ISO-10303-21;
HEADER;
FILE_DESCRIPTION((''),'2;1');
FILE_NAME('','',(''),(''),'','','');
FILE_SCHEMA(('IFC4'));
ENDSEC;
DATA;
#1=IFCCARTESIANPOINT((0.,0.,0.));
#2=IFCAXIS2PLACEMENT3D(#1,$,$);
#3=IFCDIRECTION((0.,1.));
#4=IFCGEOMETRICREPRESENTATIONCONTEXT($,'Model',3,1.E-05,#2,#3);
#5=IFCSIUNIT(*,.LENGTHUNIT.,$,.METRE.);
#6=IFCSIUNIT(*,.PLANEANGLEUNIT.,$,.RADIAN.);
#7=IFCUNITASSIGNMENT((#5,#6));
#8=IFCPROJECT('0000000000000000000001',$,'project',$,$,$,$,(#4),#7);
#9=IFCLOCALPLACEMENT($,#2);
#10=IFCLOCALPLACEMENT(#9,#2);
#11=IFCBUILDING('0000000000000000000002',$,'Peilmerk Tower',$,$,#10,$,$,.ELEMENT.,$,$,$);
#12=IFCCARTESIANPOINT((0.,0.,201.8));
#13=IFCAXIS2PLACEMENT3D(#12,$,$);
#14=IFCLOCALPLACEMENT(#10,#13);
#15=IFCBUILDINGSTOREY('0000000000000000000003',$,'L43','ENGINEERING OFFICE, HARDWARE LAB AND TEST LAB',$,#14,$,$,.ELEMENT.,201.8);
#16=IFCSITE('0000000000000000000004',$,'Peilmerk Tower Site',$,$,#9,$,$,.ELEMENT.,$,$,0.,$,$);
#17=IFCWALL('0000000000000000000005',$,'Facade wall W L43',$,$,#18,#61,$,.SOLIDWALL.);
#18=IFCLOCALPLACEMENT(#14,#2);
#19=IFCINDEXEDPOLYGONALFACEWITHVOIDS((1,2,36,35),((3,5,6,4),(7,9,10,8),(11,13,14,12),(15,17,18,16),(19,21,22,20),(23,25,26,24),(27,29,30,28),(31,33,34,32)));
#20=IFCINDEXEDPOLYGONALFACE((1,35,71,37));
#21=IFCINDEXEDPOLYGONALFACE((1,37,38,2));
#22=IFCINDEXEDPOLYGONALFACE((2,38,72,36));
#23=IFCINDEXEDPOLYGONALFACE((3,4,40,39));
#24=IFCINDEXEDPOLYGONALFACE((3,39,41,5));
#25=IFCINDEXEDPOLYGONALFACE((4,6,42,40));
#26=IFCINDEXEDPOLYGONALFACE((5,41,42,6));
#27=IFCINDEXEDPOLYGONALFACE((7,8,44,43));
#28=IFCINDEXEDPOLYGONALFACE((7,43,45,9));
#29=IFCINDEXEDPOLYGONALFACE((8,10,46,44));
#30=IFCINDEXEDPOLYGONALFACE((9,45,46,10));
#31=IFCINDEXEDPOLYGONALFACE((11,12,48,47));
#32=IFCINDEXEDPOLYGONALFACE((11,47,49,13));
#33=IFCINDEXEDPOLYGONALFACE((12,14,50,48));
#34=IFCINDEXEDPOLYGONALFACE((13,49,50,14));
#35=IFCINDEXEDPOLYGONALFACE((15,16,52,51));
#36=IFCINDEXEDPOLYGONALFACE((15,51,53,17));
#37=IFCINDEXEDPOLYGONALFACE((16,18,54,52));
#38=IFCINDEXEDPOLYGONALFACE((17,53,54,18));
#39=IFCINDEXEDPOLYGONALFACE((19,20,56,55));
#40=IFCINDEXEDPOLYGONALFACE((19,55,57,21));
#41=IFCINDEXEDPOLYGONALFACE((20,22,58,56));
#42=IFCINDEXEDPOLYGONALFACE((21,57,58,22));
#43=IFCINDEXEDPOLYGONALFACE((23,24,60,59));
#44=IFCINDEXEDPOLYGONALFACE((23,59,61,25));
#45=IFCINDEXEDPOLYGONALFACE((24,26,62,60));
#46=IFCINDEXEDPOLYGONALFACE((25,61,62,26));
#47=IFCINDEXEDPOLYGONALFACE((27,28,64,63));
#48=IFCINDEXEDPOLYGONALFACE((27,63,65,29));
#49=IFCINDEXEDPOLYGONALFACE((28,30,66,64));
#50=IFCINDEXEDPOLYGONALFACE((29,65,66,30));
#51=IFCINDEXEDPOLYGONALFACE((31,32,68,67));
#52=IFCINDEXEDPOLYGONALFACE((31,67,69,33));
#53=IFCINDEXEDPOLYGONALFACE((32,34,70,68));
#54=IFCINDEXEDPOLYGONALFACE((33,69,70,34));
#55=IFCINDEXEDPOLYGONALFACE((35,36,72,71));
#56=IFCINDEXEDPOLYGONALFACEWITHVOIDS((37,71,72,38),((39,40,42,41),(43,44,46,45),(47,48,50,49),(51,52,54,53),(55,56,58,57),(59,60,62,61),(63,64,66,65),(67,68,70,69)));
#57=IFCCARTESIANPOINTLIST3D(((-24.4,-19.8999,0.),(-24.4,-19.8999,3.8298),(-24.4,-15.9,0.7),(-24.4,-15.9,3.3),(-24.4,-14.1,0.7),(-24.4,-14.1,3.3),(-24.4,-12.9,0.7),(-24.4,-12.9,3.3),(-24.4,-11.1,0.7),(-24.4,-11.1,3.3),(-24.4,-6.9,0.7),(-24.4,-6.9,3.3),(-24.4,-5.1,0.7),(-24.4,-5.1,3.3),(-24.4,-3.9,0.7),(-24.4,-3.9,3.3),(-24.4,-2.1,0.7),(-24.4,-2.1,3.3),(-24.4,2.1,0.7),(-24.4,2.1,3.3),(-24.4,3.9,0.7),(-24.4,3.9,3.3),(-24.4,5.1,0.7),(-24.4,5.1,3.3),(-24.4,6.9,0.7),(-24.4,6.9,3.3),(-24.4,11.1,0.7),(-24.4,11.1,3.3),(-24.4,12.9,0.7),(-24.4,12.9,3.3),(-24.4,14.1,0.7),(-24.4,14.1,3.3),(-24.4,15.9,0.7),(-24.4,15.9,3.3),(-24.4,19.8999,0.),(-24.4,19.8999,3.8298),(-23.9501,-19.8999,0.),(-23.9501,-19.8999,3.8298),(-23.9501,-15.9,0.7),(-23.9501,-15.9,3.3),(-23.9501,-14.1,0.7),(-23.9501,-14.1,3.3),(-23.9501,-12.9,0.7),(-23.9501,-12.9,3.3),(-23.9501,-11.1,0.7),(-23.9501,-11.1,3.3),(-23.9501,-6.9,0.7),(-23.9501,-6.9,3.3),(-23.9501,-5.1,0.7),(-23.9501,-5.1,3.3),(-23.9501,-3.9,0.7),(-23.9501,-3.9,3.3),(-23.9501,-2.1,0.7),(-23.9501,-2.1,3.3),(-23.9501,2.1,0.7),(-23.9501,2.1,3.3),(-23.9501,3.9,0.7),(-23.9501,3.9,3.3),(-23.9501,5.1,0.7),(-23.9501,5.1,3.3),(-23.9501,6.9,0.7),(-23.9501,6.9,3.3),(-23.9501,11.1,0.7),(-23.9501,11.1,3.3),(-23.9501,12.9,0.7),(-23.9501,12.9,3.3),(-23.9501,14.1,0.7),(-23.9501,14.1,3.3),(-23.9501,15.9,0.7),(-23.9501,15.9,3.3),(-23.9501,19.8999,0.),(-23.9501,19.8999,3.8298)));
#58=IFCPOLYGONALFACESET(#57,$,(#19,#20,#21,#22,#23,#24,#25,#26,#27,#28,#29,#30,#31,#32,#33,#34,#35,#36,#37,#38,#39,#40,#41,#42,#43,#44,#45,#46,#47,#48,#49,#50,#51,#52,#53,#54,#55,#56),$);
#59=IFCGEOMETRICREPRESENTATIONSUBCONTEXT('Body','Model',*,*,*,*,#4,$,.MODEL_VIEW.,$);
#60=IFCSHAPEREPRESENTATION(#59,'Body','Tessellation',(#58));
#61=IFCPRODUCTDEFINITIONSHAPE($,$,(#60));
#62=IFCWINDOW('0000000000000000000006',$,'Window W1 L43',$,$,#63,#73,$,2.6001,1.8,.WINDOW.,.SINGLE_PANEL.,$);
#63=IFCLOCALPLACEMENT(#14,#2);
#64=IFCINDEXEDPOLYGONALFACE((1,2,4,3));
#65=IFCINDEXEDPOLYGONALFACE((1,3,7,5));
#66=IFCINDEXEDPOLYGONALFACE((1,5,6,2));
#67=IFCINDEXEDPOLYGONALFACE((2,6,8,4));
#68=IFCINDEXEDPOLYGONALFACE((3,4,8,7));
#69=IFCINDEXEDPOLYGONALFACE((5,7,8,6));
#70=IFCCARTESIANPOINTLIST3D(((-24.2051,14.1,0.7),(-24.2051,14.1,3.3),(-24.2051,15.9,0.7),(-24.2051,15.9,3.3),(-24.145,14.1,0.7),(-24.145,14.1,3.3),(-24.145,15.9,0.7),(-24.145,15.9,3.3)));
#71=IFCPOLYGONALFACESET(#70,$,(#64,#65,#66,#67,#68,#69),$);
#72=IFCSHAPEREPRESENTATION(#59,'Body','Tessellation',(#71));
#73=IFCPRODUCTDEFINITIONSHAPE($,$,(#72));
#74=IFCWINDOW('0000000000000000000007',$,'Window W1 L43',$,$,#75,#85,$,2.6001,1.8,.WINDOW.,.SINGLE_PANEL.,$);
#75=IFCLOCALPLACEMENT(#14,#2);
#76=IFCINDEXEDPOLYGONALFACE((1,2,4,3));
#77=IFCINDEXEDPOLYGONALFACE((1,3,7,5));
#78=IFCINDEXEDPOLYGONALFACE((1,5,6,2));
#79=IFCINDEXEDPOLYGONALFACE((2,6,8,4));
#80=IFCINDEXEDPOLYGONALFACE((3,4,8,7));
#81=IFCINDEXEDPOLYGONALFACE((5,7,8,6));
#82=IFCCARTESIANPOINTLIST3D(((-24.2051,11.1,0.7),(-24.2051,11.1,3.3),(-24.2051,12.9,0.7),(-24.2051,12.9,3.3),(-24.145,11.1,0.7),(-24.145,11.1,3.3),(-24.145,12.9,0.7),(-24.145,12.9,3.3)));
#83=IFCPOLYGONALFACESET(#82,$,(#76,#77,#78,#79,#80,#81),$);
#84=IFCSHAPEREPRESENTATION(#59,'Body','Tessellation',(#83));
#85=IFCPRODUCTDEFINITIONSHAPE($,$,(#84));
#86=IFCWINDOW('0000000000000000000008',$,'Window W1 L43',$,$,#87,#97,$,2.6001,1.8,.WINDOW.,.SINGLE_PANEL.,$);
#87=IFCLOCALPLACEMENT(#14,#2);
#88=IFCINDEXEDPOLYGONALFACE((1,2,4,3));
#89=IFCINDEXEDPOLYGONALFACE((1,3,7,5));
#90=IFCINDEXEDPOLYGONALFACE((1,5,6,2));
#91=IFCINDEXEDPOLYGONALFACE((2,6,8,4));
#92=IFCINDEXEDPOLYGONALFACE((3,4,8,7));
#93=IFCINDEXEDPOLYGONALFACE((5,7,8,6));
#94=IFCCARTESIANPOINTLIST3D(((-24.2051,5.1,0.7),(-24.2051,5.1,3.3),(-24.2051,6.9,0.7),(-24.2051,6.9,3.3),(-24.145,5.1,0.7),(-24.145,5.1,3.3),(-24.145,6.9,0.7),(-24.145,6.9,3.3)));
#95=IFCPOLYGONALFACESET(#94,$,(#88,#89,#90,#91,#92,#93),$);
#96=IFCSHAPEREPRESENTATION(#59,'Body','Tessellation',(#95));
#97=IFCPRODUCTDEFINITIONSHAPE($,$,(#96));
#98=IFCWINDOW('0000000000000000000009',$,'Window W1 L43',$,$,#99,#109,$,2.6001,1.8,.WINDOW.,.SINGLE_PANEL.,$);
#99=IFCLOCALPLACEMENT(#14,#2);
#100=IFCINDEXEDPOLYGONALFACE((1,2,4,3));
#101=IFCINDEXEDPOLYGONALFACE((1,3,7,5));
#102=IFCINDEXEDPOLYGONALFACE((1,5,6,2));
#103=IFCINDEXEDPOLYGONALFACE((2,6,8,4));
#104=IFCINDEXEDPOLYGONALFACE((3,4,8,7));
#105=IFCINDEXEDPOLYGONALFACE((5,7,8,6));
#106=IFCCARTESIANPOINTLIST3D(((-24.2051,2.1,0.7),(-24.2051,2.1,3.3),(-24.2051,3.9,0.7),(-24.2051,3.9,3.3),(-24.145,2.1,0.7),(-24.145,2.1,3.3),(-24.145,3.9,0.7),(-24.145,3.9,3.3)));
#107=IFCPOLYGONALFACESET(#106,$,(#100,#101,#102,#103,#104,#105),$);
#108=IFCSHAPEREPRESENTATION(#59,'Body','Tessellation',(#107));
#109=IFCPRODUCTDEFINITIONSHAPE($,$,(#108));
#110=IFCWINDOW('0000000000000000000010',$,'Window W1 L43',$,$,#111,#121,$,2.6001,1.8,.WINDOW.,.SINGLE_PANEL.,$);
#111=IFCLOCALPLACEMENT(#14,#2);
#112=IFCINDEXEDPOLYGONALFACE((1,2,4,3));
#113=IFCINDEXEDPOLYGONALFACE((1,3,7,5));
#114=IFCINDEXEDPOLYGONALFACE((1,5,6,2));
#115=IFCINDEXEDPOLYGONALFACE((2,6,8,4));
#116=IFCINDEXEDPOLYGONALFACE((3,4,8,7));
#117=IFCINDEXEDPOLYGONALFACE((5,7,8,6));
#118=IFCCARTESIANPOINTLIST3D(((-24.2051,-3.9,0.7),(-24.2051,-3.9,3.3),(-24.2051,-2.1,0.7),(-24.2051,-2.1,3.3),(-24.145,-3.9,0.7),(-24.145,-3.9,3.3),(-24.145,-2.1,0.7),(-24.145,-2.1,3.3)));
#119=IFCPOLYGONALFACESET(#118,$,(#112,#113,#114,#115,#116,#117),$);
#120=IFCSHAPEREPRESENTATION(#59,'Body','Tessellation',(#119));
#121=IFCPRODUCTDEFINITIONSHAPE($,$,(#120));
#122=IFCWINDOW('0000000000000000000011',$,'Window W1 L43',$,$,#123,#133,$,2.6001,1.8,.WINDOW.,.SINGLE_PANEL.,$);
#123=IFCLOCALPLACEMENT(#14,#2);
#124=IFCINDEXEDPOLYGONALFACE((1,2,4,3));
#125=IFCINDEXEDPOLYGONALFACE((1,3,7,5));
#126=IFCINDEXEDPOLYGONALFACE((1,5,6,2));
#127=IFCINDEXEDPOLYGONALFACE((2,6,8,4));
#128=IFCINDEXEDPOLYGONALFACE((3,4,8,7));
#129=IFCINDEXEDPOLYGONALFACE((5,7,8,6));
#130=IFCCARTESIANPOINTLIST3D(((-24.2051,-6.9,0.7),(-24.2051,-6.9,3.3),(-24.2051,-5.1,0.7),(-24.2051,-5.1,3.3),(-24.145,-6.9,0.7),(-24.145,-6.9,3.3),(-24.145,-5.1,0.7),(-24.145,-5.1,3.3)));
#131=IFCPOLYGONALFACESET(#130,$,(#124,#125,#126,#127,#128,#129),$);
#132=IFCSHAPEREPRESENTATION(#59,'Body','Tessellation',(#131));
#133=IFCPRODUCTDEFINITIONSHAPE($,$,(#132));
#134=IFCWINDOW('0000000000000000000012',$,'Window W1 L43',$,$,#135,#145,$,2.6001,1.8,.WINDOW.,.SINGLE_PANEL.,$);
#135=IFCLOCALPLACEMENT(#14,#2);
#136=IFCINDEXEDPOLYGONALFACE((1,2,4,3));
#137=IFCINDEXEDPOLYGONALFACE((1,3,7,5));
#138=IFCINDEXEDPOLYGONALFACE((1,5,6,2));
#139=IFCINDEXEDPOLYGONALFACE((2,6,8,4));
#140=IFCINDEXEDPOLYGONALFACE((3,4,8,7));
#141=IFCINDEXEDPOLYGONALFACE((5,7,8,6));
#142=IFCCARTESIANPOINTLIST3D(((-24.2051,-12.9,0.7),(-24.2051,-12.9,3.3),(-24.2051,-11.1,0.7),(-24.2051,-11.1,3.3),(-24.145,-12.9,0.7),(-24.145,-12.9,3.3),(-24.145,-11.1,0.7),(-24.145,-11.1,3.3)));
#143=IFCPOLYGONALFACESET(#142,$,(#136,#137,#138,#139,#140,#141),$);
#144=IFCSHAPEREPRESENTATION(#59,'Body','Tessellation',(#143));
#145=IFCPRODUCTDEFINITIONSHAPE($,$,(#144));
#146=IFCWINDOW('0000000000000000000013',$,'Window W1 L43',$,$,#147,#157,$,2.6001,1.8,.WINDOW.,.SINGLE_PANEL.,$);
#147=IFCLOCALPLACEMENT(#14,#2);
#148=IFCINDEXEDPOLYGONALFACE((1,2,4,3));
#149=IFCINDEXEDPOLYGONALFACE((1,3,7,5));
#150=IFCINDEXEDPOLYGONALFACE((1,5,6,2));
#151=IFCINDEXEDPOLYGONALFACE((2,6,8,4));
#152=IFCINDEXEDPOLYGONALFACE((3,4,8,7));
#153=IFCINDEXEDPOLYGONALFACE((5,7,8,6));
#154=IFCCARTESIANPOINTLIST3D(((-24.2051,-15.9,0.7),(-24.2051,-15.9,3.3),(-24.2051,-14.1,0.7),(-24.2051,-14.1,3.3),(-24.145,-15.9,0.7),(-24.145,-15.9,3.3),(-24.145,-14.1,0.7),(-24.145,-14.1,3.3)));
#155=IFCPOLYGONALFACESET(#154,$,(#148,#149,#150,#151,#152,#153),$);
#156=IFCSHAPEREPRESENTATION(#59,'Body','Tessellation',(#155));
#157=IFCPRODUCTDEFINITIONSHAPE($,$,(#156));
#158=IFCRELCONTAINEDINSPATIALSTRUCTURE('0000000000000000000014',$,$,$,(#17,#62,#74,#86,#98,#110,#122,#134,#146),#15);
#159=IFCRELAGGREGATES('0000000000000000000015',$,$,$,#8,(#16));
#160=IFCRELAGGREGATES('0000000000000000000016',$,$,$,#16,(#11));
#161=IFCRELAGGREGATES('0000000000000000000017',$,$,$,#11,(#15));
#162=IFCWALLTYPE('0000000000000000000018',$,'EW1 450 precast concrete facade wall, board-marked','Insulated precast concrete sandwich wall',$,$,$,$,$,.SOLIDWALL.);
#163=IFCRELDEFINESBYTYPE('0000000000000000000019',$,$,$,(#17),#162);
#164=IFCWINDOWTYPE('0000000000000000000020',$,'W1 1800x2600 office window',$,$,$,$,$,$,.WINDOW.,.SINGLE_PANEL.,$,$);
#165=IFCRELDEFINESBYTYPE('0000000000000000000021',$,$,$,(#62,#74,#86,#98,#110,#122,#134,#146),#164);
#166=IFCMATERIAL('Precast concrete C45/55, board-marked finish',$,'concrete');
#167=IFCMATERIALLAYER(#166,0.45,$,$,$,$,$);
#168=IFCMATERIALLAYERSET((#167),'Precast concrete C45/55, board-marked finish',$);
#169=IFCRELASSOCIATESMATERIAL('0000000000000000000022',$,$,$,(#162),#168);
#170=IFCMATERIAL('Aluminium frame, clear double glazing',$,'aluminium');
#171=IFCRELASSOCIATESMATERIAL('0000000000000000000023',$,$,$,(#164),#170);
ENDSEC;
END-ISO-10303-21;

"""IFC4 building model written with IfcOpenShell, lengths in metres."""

from ifc_helpers import new_model, si_unit, direction, frame, frame_2d, origin, place, context, subcontext, project, spatial, rectangle, extrude, material, layer, layer_set, type_object, element, fill, save


model = new_model("IFC4")

# Units and contexts
model_context = context("Model", 3, precision=1e-05, world=origin(), true_north=direction((0.0, 1.0)))
body_context = subcontext(model_context, "Body", "Model", "MODEL_VIEW")
ifc_project = project(units=[si_unit("LENGTHUNIT", "METRE"), si_unit("PLANEANGLEUNIT", "RADIAN")], contexts=[model_context])

# Site, building, storey
site_placement = place(None, origin())
site = spatial("IfcSite", under=ifc_project, at=site_placement, Name="Peilmerk Tower Site", CompositionType="ELEMENT", RefElevation=0.0)
building_placement = place(site_placement, origin())
building = spatial("IfcBuilding", under=site, at=building_placement, Name="Peilmerk Tower", CompositionType="ELEMENT")
storey_placement = place(building_placement, frame((0.0, 0.0, 201.8)))
storey = spatial("IfcBuildingStorey", under=building, at=storey_placement, Name="L43", Description="ENGINEERING OFFICE, HARDWARE LAB AND TEST LAB", CompositionType="ELEMENT", Elevation=201.8)

# Wall, openings, windows
ifc_material_1 = material(Name="Precast concrete C45/55, board-marked finish", Category="concrete")
ifc_layer_1 = layer(ifc_material_1, 0.45)
ifc_layer_set_1 = layer_set([ifc_layer_1], Name="Precast concrete C45/55, board-marked finish")
wall_type = type_object("IfcWallType", Name="EW1 450 precast concrete facade wall, board-marked", Description="Insulated precast concrete sandwich wall", PredefinedType="SOLIDWALL", material=ifc_layer_set_1)
wall_1_placement = place(storey_placement, frame((-24.175, 19.8999, 0.0), z_axis=(0.0, 0.0, 1.0), x_axis=(0.0, -1.0, 0.0)))
wall_1 = element("IfcWall", 1, at=wall_1_placement, inside=storey, type_object=wall_type, Name="Facade wall W L43", PredefinedType="SOLIDWALL", context=body_context, shape_type="SweptSolid", body=[
    extrude(rectangle(XDim=39.7998, YDim=0.45, at=frame_2d((19.8999, 0.0))), origin(), (0.0, 0.0, 1.0), 3.8298),
])
opening_1_placement = place(wall_1_placement, frame((4.0, 0.0, 0.7)))
opening_1 = element("IfcOpeningElement", 2, at=opening_1_placement, cuts=wall_1, PredefinedType="OPENING", context=body_context, shape_type="SweptSolid", body=[
    extrude(rectangle(XDim=1.8, YDim=2.6001, at=frame_2d((0.8999, 1.3))), frame((0.0, 0.2349, 0.0), z_axis=(0.0, -1.0, 0.0), x_axis=(1.0, 0.0, 0.0)), (0.0, 0.0, 1.0), 0.47),
])
opening_2_placement = place(wall_1_placement, frame((7.0, 0.0, 0.7)))
opening_2 = element("IfcOpeningElement", 3, at=opening_2_placement, cuts=wall_1, PredefinedType="OPENING", context=body_context, shape_type="SweptSolid", body=[
    extrude(rectangle(XDim=1.8, YDim=2.6001, at=frame_2d((0.8999, 1.3))), frame((0.0, 0.2349, 0.0), z_axis=(0.0, -1.0, 0.0), x_axis=(1.0, 0.0, 0.0)), (0.0, 0.0, 1.0), 0.47),
])
opening_3_placement = place(wall_1_placement, frame((13.0, 0.0, 0.7)))
opening_3 = element("IfcOpeningElement", 4, at=opening_3_placement, cuts=wall_1, PredefinedType="OPENING", context=body_context, shape_type="SweptSolid", body=[
    extrude(rectangle(XDim=1.8, YDim=2.6001, at=frame_2d((0.8999, 1.3))), frame((0.0, 0.2349, 0.0), z_axis=(0.0, -1.0, 0.0), x_axis=(1.0, 0.0, 0.0)), (0.0, 0.0, 1.0), 0.47),
])
opening_4_placement = place(wall_1_placement, frame((16.0, 0.0, 0.7)))
opening_4 = element("IfcOpeningElement", 5, at=opening_4_placement, cuts=wall_1, PredefinedType="OPENING", context=body_context, shape_type="SweptSolid", body=[
    extrude(rectangle(XDim=1.8, YDim=2.6001, at=frame_2d((0.8999, 1.3))), frame((0.0, 0.2349, 0.0), z_axis=(0.0, -1.0, 0.0), x_axis=(1.0, 0.0, 0.0)), (0.0, 0.0, 1.0), 0.47),
])
opening_5_placement = place(wall_1_placement, frame((22.0, 0.0, 0.7)))
opening_5 = element("IfcOpeningElement", 6, at=opening_5_placement, cuts=wall_1, PredefinedType="OPENING", context=body_context, shape_type="SweptSolid", body=[
    extrude(rectangle(XDim=1.8, YDim=2.6001, at=frame_2d((0.8999, 1.3))), frame((0.0, 0.2349, 0.0), z_axis=(0.0, -1.0, 0.0), x_axis=(1.0, 0.0, 0.0)), (0.0, 0.0, 1.0), 0.47),
])
opening_6_placement = place(wall_1_placement, frame((25.0, 0.0, 0.7)))
opening_6 = element("IfcOpeningElement", 7, at=opening_6_placement, cuts=wall_1, PredefinedType="OPENING", context=body_context, shape_type="SweptSolid", body=[
    extrude(rectangle(XDim=1.8, YDim=2.6001, at=frame_2d((0.8999, 1.3))), frame((0.0, 0.2349, 0.0), z_axis=(0.0, -1.0, 0.0), x_axis=(1.0, 0.0, 0.0)), (0.0, 0.0, 1.0), 0.47),
])
opening_7_placement = place(wall_1_placement, frame((31.0, 0.0, 0.7)))
opening_7 = element("IfcOpeningElement", 8, at=opening_7_placement, cuts=wall_1, PredefinedType="OPENING", context=body_context, shape_type="SweptSolid", body=[
    extrude(rectangle(XDim=1.8, YDim=2.6001, at=frame_2d((0.8999, 1.3))), frame((0.0, 0.2349, 0.0), z_axis=(0.0, -1.0, 0.0), x_axis=(1.0, 0.0, 0.0)), (0.0, 0.0, 1.0), 0.47),
])
opening_8_placement = place(wall_1_placement, frame((34.0, 0.0, 0.7)))
opening_8 = element("IfcOpeningElement", 9, at=opening_8_placement, cuts=wall_1, PredefinedType="OPENING", context=body_context, shape_type="SweptSolid", body=[
    extrude(rectangle(XDim=1.8, YDim=2.6001, at=frame_2d((0.8999, 1.3))), frame((0.0, 0.2349, 0.0), z_axis=(0.0, -1.0, 0.0), x_axis=(1.0, 0.0, 0.0)), (0.0, 0.0, 1.0), 0.47),
])
ifc_material_2 = material(Name="Aluminium frame, clear double glazing", Category="aluminium")
window_type = type_object("IfcWindowType", Name="W1 1800x2600 office window", PartitioningType="SINGLE_PANEL", PredefinedType="WINDOW", material=ifc_material_2)
window_1_placement = place(opening_1_placement, origin())
window_1 = element("IfcWindow", 10, at=window_1_placement, inside=storey, type_object=window_type, Name="Window W1 L43", OverallHeight=2.6001, OverallWidth=1.8, PartitioningType="SINGLE_PANEL", PredefinedType="WINDOW", context=body_context, shape_type="SweptSolid", body=[
    extrude(rectangle(XDim=1.8, YDim=2.6001, at=frame_2d((0.8999, 1.3))), frame((0.0, 0.03, 0.0), z_axis=(0.0, -1.0, 0.0), x_axis=(1.0, 0.0, 0.0)), (0.0, 0.0, 1.0), 0.0601),
])
fill(opening_1, window_1)
window_2_placement = place(opening_2_placement, origin())
window_2 = element("IfcWindow", 11, at=window_2_placement, inside=storey, type_object=window_type, Name="Window W1 L43", OverallHeight=2.6001, OverallWidth=1.8, PartitioningType="SINGLE_PANEL", PredefinedType="WINDOW", context=body_context, shape_type="SweptSolid", body=[
    extrude(rectangle(XDim=1.8, YDim=2.6001, at=frame_2d((0.8999, 1.3))), frame((0.0, 0.03, 0.0), z_axis=(0.0, -1.0, 0.0), x_axis=(1.0, 0.0, 0.0)), (0.0, 0.0, 1.0), 0.0601),
])
fill(opening_2, window_2)
window_3_placement = place(opening_3_placement, origin())
window_3 = element("IfcWindow", 12, at=window_3_placement, inside=storey, type_object=window_type, Name="Window W1 L43", OverallHeight=2.6001, OverallWidth=1.8, PartitioningType="SINGLE_PANEL", PredefinedType="WINDOW", context=body_context, shape_type="SweptSolid", body=[
    extrude(rectangle(XDim=1.8, YDim=2.6001, at=frame_2d((0.8999, 1.3))), frame((0.0, 0.03, 0.0), z_axis=(0.0, -1.0, 0.0), x_axis=(1.0, 0.0, 0.0)), (0.0, 0.0, 1.0), 0.0601),
])
fill(opening_3, window_3)
window_4_placement = place(opening_4_placement, origin())
window_4 = element("IfcWindow", 13, at=window_4_placement, inside=storey, type_object=window_type, Name="Window W1 L43", OverallHeight=2.6001, OverallWidth=1.8, PartitioningType="SINGLE_PANEL", PredefinedType="WINDOW", context=body_context, shape_type="SweptSolid", body=[
    extrude(rectangle(XDim=1.8, YDim=2.6001, at=frame_2d((0.8999, 1.3))), frame((0.0, 0.03, 0.0), z_axis=(0.0, -1.0, 0.0), x_axis=(1.0, 0.0, 0.0)), (0.0, 0.0, 1.0), 0.0601),
])
fill(opening_4, window_4)
window_5_placement = place(opening_5_placement, origin())
window_5 = element("IfcWindow", 14, at=window_5_placement, inside=storey, type_object=window_type, Name="Window W1 L43", OverallHeight=2.6001, OverallWidth=1.8, PartitioningType="SINGLE_PANEL", PredefinedType="WINDOW", context=body_context, shape_type="SweptSolid", body=[
    extrude(rectangle(XDim=1.8, YDim=2.6001, at=frame_2d((0.8999, 1.3))), frame((0.0, 0.03, 0.0), z_axis=(0.0, -1.0, 0.0), x_axis=(1.0, 0.0, 0.0)), (0.0, 0.0, 1.0), 0.0601),
])
fill(opening_5, window_5)
window_6_placement = place(opening_6_placement, origin())
window_6 = element("IfcWindow", 15, at=window_6_placement, inside=storey, type_object=window_type, Name="Window W1 L43", OverallHeight=2.6001, OverallWidth=1.8, PartitioningType="SINGLE_PANEL", PredefinedType="WINDOW", context=body_context, shape_type="SweptSolid", body=[
    extrude(rectangle(XDim=1.8, YDim=2.6001, at=frame_2d((0.8999, 1.3))), frame((0.0, 0.03, 0.0), z_axis=(0.0, -1.0, 0.0), x_axis=(1.0, 0.0, 0.0)), (0.0, 0.0, 1.0), 0.0601),
])
fill(opening_6, window_6)
window_7_placement = place(opening_7_placement, origin())
window_7 = element("IfcWindow", 16, at=window_7_placement, inside=storey, type_object=window_type, Name="Window W1 L43", OverallHeight=2.6001, OverallWidth=1.8, PartitioningType="SINGLE_PANEL", PredefinedType="WINDOW", context=body_context, shape_type="SweptSolid", body=[
    extrude(rectangle(XDim=1.8, YDim=2.6001, at=frame_2d((0.8999, 1.3))), frame((0.0, 0.03, 0.0), z_axis=(0.0, -1.0, 0.0), x_axis=(1.0, 0.0, 0.0)), (0.0, 0.0, 1.0), 0.0601),
])
fill(opening_7, window_7)
window_8_placement = place(opening_8_placement, origin())
window_8 = element("IfcWindow", 17, at=window_8_placement, inside=storey, type_object=window_type, Name="Window W1 L43", OverallHeight=2.6001, OverallWidth=1.8, PartitioningType="SINGLE_PANEL", PredefinedType="WINDOW", context=body_context, shape_type="SweptSolid", body=[
    extrude(rectangle(XDim=1.8, YDim=2.6001, at=frame_2d((0.8999, 1.3))), frame((0.0, 0.03, 0.0), z_axis=(0.0, -1.0, 0.0), x_axis=(1.0, 0.0, 0.0)), (0.0, 0.0, 1.0), 0.0601),
])
fill(opening_8, window_8)

save(model, "model.ifc")
